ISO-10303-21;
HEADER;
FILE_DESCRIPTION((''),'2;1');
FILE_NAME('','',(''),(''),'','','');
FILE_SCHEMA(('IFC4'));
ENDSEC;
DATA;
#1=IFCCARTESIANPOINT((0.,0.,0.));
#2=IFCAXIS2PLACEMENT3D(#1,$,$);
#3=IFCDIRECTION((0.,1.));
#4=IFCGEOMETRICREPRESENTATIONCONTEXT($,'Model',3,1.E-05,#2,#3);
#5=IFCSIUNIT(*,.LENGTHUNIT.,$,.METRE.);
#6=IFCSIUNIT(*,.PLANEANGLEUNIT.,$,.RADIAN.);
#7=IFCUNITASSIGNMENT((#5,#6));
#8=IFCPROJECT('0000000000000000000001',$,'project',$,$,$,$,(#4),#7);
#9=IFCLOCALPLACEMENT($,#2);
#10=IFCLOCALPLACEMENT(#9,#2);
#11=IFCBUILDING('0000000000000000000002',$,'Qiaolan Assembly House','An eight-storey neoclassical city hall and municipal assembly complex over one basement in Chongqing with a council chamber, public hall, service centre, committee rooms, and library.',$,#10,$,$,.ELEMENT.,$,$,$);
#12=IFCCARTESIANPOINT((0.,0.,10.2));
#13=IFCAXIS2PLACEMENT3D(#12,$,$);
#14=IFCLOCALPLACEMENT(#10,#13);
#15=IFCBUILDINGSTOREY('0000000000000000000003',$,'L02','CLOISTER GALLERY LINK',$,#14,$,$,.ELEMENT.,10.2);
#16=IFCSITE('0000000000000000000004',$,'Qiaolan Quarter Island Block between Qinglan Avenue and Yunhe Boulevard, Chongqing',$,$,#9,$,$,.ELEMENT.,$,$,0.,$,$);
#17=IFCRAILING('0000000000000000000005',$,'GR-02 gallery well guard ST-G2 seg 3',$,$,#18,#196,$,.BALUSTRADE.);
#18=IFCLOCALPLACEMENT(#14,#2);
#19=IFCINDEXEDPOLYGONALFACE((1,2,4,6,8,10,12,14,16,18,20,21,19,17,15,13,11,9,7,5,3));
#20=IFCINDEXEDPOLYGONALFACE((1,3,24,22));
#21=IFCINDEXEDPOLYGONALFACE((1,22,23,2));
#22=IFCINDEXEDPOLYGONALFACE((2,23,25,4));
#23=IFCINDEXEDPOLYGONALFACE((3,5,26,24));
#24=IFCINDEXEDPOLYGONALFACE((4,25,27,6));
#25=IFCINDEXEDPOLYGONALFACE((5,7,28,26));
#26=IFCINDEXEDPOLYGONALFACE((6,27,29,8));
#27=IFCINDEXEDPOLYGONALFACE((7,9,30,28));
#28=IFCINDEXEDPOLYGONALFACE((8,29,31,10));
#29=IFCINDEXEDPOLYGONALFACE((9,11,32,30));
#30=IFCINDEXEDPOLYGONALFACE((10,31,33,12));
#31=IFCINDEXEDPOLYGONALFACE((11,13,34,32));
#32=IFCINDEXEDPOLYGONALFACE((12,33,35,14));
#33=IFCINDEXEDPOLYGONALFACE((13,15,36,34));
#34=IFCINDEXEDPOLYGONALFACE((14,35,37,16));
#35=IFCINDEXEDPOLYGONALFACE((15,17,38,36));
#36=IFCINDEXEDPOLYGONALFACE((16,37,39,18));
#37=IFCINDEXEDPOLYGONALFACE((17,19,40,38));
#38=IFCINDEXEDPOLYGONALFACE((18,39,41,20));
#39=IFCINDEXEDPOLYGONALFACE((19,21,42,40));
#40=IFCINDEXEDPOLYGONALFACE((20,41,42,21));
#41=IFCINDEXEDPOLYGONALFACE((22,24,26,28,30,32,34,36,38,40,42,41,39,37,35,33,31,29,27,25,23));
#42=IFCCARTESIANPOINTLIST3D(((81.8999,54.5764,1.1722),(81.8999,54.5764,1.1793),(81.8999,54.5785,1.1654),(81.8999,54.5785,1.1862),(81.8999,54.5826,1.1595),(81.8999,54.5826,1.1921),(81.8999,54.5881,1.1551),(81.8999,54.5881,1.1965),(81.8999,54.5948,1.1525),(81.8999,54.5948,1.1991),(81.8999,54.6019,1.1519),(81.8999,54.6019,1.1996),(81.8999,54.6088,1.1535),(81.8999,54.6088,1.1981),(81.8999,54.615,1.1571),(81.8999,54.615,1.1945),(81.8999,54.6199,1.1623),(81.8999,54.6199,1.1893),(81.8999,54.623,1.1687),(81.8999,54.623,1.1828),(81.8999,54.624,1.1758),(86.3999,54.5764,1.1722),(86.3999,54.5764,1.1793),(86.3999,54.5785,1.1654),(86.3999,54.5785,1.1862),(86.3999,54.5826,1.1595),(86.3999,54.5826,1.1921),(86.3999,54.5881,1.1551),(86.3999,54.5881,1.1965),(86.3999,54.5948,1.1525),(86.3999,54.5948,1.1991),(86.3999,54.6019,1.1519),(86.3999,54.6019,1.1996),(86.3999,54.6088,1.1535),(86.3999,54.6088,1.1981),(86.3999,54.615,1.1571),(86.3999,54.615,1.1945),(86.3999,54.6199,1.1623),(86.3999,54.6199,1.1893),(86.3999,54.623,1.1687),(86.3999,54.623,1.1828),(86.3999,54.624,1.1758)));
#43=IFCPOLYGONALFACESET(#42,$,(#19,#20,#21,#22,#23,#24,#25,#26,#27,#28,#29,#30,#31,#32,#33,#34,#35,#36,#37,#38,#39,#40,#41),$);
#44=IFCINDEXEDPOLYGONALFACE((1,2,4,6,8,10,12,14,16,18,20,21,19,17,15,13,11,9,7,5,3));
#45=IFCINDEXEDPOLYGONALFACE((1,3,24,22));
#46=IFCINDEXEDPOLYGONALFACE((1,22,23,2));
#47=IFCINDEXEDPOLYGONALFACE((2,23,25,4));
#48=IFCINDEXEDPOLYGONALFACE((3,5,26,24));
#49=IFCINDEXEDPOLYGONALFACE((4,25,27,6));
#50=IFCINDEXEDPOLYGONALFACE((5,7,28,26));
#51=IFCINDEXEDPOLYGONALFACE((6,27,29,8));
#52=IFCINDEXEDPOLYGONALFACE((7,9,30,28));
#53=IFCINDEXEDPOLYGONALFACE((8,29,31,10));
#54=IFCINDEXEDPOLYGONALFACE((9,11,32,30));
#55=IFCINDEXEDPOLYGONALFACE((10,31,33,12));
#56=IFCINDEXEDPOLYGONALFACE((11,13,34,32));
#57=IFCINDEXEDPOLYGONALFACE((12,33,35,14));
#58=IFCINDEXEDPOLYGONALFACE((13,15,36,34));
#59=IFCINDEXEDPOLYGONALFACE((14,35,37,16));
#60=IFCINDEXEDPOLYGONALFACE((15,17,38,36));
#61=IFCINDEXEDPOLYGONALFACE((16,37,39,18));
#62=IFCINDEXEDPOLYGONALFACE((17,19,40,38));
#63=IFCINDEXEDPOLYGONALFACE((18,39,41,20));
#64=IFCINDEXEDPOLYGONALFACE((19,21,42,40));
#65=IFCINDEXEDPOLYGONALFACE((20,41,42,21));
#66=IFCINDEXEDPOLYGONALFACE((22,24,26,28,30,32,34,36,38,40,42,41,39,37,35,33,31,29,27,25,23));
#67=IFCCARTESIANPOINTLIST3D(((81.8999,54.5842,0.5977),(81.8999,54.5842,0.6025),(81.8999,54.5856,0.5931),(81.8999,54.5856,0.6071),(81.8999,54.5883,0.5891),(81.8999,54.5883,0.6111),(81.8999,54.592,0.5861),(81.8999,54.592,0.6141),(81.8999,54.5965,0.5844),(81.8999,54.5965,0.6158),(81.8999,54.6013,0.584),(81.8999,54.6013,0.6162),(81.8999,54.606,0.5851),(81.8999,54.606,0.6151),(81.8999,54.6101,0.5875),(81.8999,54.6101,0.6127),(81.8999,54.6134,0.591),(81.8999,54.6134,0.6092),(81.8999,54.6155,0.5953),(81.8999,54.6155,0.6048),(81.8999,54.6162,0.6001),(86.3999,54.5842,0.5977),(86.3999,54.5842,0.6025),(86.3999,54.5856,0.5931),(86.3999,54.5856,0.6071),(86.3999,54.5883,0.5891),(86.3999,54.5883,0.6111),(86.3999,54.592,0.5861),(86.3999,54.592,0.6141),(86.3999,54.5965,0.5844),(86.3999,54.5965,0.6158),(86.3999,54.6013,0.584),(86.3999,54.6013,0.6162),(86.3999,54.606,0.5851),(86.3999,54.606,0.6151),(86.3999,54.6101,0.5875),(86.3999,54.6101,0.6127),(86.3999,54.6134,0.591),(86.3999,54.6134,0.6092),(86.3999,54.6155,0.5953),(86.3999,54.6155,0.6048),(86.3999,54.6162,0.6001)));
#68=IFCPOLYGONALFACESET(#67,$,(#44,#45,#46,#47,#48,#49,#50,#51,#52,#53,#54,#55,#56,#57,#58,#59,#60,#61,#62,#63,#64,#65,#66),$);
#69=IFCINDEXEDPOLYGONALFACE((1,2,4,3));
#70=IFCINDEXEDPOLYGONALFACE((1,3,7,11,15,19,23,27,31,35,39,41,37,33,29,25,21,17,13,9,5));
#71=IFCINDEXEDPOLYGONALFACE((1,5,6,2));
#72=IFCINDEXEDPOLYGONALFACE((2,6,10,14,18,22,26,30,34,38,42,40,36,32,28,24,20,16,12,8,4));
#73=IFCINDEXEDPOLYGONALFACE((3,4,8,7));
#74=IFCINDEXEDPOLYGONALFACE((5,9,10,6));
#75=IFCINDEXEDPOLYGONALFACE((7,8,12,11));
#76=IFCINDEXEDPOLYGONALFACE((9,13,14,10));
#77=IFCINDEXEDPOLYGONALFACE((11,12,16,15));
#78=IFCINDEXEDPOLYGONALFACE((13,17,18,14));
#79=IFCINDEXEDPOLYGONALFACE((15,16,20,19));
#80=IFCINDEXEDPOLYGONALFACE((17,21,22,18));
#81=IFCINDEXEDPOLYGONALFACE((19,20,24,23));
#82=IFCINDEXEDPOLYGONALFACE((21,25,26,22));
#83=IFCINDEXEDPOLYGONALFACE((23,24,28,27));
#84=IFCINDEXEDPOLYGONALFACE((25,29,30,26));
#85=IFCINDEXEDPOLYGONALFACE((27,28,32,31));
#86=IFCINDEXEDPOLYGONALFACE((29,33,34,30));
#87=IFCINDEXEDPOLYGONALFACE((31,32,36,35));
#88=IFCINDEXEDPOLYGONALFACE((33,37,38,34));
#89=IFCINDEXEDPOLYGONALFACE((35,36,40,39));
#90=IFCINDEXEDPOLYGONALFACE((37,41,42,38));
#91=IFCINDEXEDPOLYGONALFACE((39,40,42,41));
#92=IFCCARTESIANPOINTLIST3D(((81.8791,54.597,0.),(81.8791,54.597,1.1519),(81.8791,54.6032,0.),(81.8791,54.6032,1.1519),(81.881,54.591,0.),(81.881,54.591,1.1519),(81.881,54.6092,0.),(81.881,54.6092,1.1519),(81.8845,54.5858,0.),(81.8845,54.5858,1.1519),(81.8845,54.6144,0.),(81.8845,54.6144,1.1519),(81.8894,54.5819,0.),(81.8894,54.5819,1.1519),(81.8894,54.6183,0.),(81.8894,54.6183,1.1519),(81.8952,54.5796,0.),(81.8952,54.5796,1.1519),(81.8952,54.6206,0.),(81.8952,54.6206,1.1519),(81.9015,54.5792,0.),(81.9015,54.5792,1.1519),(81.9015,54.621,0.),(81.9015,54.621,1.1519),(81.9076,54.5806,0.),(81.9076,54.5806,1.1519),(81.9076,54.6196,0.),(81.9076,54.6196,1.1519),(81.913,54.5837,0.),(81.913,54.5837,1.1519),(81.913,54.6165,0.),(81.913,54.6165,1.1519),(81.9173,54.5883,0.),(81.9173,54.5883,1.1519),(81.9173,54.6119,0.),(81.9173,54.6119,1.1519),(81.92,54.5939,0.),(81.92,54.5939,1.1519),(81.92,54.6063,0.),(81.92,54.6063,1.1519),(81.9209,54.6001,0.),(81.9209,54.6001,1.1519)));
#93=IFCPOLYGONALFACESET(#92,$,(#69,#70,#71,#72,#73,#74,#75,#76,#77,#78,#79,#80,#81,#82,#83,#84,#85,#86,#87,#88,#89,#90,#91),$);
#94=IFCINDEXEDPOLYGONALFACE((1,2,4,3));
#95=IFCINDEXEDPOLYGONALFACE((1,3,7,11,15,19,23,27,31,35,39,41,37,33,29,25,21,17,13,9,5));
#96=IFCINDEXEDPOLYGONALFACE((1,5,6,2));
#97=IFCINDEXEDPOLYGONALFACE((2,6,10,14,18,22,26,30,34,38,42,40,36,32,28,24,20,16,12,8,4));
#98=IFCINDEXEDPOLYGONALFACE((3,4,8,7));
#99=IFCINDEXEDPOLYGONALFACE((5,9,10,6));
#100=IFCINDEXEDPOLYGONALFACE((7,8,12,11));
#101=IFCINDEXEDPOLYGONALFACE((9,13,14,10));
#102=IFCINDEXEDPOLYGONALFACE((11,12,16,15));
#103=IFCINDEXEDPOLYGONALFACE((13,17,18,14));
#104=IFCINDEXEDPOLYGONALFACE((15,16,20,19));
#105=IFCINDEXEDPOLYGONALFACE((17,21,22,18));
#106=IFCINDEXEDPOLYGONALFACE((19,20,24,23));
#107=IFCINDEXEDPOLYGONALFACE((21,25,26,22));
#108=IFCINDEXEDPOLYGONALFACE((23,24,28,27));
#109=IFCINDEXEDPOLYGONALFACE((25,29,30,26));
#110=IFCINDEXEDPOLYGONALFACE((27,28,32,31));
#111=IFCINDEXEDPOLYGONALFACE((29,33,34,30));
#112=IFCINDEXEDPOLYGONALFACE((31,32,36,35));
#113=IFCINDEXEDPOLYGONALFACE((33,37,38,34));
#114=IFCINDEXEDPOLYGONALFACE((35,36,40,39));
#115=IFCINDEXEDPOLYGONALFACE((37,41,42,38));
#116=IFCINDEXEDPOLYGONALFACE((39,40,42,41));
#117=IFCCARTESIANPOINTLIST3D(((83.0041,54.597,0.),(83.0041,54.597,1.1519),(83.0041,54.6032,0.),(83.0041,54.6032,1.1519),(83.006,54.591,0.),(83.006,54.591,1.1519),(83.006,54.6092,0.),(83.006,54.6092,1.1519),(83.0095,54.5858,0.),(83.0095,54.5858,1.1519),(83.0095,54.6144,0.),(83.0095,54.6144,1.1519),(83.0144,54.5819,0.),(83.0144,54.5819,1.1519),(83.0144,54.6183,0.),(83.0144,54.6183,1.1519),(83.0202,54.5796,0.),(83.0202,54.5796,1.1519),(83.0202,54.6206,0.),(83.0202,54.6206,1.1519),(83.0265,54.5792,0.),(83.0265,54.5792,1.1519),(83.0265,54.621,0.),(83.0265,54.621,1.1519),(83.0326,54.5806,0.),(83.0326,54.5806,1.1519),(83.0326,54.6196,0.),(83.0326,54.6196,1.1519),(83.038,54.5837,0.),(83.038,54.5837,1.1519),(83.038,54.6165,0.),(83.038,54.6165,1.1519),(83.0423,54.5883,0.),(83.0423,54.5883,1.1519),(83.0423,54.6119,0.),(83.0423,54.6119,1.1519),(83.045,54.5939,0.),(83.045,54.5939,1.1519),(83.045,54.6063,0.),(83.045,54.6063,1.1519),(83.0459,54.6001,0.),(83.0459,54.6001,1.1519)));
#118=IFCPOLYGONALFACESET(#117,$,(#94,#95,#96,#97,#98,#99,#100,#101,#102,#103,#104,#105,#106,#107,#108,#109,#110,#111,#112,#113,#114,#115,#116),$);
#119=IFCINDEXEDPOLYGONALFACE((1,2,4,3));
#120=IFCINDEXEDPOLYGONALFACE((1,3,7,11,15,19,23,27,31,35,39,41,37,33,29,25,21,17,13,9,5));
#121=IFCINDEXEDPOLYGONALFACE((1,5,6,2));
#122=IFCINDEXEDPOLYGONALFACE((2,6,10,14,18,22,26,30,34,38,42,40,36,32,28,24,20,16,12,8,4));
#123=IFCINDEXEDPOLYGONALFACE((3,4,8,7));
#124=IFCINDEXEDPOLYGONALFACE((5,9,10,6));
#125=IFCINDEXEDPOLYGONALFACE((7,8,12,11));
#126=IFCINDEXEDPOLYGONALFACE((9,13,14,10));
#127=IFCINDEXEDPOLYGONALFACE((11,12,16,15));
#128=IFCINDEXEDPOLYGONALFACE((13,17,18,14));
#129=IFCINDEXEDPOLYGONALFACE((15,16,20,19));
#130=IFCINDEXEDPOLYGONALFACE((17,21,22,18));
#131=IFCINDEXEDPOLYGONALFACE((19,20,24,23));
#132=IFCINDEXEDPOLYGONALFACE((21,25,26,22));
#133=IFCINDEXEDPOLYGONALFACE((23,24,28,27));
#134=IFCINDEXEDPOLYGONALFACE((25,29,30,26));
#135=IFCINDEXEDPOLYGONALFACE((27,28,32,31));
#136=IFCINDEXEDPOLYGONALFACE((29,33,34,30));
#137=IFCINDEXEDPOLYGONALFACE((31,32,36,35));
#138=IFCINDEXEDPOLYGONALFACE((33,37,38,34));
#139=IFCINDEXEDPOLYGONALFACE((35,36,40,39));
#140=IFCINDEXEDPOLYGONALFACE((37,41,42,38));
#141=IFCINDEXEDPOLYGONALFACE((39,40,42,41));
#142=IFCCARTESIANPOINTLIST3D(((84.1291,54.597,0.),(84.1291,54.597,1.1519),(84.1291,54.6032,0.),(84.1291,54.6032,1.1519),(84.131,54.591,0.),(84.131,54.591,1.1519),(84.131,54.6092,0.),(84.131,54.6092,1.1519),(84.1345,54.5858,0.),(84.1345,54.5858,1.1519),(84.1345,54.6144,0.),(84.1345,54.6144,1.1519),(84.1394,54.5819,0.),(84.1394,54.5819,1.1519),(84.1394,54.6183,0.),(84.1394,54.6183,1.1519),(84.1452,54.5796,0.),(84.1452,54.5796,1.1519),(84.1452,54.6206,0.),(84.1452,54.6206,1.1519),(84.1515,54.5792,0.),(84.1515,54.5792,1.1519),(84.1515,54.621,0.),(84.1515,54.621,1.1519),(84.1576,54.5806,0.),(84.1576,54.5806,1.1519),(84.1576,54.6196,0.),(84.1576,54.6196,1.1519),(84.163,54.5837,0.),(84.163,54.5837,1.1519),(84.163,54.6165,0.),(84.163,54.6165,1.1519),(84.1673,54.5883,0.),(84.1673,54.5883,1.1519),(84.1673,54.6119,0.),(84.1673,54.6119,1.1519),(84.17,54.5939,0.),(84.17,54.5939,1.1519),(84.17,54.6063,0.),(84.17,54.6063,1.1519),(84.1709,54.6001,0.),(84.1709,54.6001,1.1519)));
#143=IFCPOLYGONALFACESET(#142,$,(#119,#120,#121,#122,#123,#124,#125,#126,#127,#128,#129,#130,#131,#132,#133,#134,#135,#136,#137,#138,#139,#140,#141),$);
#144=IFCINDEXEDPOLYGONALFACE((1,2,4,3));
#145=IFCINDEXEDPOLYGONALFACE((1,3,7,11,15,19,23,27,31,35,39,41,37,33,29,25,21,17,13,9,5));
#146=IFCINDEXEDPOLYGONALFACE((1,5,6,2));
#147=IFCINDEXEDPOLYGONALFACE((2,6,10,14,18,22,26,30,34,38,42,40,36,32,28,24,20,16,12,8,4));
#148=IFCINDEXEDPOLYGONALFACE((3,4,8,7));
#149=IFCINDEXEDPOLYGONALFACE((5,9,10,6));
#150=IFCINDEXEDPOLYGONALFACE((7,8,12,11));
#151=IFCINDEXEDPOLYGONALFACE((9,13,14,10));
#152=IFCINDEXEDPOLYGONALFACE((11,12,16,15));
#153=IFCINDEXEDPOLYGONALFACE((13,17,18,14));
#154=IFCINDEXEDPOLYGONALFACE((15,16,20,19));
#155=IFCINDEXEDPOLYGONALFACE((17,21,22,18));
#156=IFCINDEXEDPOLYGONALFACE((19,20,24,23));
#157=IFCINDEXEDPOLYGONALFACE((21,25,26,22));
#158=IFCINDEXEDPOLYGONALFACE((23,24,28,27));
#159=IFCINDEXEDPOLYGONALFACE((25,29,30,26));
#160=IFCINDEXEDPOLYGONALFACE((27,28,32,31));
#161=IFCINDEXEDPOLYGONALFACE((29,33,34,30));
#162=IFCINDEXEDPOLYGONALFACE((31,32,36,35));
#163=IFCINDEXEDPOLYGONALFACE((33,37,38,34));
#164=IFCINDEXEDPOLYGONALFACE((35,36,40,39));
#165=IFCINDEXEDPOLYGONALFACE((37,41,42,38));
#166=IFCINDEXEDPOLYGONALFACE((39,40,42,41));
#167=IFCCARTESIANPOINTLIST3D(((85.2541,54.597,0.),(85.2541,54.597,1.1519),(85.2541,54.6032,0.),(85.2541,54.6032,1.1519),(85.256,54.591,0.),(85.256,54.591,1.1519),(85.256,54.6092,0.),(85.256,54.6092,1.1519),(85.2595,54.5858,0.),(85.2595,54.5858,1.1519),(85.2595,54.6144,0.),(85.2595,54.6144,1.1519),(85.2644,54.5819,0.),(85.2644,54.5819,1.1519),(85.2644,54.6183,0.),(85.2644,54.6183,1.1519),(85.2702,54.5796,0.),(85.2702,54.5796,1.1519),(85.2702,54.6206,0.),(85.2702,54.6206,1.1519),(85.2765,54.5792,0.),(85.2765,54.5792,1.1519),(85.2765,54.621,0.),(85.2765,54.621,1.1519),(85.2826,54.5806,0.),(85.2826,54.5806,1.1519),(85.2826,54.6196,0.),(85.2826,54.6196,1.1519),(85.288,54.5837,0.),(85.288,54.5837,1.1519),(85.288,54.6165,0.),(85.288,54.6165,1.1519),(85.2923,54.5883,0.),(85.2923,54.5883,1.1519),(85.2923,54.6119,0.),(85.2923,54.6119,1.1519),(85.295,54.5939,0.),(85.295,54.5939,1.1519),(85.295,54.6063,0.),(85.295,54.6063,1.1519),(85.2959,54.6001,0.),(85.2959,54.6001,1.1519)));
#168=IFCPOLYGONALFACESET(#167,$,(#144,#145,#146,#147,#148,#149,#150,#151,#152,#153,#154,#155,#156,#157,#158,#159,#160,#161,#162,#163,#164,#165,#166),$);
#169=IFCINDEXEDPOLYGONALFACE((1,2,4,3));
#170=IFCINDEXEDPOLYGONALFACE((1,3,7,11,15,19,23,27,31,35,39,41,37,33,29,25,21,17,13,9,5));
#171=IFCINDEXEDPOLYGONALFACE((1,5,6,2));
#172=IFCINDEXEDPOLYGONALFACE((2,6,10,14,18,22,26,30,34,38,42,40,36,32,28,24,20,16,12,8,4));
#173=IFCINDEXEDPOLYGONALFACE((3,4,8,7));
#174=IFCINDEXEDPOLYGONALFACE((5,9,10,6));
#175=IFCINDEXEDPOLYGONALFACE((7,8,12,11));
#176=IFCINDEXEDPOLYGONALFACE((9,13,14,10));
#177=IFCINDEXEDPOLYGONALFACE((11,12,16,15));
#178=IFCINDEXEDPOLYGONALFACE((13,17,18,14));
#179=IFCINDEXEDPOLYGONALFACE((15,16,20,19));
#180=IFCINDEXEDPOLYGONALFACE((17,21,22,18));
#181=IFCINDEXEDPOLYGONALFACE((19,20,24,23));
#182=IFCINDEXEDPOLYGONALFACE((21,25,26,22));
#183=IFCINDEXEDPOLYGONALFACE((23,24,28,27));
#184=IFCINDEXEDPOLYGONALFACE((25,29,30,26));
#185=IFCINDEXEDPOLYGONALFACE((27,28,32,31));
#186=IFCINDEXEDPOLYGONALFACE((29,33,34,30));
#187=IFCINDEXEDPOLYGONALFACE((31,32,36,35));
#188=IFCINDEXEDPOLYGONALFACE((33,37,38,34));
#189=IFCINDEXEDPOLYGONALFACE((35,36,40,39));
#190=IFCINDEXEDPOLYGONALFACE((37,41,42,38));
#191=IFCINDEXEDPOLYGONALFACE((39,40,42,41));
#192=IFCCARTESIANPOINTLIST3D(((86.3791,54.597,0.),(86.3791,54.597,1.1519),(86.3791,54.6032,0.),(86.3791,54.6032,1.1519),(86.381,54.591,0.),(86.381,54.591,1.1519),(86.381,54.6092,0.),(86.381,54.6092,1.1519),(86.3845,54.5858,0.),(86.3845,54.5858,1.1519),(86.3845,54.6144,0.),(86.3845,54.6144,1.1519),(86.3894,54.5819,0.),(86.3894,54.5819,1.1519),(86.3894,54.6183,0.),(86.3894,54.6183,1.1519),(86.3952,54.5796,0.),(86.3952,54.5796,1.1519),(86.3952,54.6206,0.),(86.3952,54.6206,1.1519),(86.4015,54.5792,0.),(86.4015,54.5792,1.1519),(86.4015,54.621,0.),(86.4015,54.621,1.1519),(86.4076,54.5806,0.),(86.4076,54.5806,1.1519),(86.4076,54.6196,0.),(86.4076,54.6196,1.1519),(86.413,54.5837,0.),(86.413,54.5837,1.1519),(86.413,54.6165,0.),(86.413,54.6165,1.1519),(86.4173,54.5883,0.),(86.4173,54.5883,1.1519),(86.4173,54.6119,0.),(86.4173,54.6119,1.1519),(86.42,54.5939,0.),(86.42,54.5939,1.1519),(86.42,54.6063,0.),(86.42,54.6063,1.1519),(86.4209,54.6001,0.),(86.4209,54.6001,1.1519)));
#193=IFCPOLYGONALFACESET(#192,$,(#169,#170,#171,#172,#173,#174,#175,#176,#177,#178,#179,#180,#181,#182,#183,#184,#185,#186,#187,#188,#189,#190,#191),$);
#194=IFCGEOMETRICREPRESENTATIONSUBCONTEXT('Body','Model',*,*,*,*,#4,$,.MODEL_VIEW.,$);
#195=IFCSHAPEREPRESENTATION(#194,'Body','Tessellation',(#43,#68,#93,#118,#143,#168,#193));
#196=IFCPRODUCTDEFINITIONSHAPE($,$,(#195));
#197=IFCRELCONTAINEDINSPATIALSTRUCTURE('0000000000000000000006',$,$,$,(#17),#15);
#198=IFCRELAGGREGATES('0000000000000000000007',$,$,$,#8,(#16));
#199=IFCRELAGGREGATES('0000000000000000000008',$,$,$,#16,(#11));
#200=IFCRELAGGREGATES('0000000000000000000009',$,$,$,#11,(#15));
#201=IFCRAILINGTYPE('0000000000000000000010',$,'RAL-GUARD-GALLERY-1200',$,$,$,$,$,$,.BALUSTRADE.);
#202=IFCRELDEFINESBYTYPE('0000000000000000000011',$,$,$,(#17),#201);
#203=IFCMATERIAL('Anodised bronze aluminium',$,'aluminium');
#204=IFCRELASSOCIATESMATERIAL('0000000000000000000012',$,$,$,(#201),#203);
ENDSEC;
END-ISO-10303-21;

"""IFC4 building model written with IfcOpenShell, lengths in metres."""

from ifc_helpers import new_model, si_unit, direction, frame, origin, origin_2d, place, context, subcontext, project, spatial, circle, extrude, material, type_object, element, save


model = new_model("IFC4")

# Units and contexts
model_context = context("Model", 3, precision=1e-05, world=origin(), true_north=direction((0.0, 1.0)))
body_context = subcontext(model_context, "Body", "Model", "MODEL_VIEW")
ifc_project = project(units=[si_unit("LENGTHUNIT", "METRE"), si_unit("PLANEANGLEUNIT", "RADIAN")], contexts=[model_context])

# Site, building, storey
site_placement = place(None, origin())
site = spatial("IfcSite", under=ifc_project, at=site_placement, Name="Qiaolan Quarter Island Block between Qinglan Avenue and Yunhe Boulevard, Chongqing", CompositionType="ELEMENT", RefElevation=0.0)
building_placement = place(site_placement, origin())
building = spatial("IfcBuilding", under=site, at=building_placement, Name="Qiaolan Assembly House", Description="An eight-storey neoclassical city hall and municipal assembly complex over one basement in Chongqing with a council chamber, public hall, service centre, committee rooms, and library.", CompositionType="ELEMENT")
storey_placement = place(building_placement, frame((0.0, 0.0, 10.2)))
storey = spatial("IfcBuildingStorey", under=building, at=storey_placement, Name="L02", Description="CLOISTER GALLERY LINK", CompositionType="ELEMENT", Elevation=10.2)

# Shared definitions
ifc_material_1 = material(Name="Anodised bronze aluminium", Category="aluminium")

# Railing
railing_type = type_object("IfcRailingType", Name="RAL-GUARD-GALLERY-1200", PredefinedType="BALUSTRADE", material=ifc_material_1)
railing_1_placement = place(storey_placement, frame((81.8999, 54.6001, 0.0)))
element("IfcRailing", 1, at=railing_1_placement, inside=storey, type_object=railing_type, Name="GR-02 gallery well guard ST-G2 seg 3", PredefinedType="BALUSTRADE", context=body_context, shape_type="SweptSolid", body=[
    extrude(circle(Radius=0.0239, at=origin_2d()), frame((0.0, 0.0, 1.1758), z_axis=(1.0, 0.0, 0.0), x_axis=(0.0, 1.0, 0.0)), (0.0, 0.0, 1.0), 4.5),
    extrude(circle(Radius=0.0161, at=origin_2d()), frame((0.0, 0.0, 0.6001), z_axis=(1.0, 0.0, 0.0), x_axis=(0.0, 1.0, 0.0)), (0.0, 0.0, 1.0), 4.5),
    extrude(circle(Radius=0.021, at=origin_2d()), origin(), (0.0, 0.0, 1.0), 1.1519),
    extrude(circle(Radius=0.021, at=origin_2d()), frame((1.125, 0.0, 0.0)), (0.0, 0.0, 1.0), 1.1519),
    extrude(circle(Radius=0.021, at=origin_2d()), frame((2.25, 0.0, 0.0)), (0.0, 0.0, 1.0), 1.1519),
    extrude(circle(Radius=0.021, at=origin_2d()), frame((3.375, 0.0, 0.0)), (0.0, 0.0, 1.0), 1.1519),
    extrude(circle(Radius=0.021, at=origin_2d()), frame((4.5, 0.0, 0.0)), (0.0, 0.0, 1.0), 1.1519),
])

save(model, "model.ifc")
